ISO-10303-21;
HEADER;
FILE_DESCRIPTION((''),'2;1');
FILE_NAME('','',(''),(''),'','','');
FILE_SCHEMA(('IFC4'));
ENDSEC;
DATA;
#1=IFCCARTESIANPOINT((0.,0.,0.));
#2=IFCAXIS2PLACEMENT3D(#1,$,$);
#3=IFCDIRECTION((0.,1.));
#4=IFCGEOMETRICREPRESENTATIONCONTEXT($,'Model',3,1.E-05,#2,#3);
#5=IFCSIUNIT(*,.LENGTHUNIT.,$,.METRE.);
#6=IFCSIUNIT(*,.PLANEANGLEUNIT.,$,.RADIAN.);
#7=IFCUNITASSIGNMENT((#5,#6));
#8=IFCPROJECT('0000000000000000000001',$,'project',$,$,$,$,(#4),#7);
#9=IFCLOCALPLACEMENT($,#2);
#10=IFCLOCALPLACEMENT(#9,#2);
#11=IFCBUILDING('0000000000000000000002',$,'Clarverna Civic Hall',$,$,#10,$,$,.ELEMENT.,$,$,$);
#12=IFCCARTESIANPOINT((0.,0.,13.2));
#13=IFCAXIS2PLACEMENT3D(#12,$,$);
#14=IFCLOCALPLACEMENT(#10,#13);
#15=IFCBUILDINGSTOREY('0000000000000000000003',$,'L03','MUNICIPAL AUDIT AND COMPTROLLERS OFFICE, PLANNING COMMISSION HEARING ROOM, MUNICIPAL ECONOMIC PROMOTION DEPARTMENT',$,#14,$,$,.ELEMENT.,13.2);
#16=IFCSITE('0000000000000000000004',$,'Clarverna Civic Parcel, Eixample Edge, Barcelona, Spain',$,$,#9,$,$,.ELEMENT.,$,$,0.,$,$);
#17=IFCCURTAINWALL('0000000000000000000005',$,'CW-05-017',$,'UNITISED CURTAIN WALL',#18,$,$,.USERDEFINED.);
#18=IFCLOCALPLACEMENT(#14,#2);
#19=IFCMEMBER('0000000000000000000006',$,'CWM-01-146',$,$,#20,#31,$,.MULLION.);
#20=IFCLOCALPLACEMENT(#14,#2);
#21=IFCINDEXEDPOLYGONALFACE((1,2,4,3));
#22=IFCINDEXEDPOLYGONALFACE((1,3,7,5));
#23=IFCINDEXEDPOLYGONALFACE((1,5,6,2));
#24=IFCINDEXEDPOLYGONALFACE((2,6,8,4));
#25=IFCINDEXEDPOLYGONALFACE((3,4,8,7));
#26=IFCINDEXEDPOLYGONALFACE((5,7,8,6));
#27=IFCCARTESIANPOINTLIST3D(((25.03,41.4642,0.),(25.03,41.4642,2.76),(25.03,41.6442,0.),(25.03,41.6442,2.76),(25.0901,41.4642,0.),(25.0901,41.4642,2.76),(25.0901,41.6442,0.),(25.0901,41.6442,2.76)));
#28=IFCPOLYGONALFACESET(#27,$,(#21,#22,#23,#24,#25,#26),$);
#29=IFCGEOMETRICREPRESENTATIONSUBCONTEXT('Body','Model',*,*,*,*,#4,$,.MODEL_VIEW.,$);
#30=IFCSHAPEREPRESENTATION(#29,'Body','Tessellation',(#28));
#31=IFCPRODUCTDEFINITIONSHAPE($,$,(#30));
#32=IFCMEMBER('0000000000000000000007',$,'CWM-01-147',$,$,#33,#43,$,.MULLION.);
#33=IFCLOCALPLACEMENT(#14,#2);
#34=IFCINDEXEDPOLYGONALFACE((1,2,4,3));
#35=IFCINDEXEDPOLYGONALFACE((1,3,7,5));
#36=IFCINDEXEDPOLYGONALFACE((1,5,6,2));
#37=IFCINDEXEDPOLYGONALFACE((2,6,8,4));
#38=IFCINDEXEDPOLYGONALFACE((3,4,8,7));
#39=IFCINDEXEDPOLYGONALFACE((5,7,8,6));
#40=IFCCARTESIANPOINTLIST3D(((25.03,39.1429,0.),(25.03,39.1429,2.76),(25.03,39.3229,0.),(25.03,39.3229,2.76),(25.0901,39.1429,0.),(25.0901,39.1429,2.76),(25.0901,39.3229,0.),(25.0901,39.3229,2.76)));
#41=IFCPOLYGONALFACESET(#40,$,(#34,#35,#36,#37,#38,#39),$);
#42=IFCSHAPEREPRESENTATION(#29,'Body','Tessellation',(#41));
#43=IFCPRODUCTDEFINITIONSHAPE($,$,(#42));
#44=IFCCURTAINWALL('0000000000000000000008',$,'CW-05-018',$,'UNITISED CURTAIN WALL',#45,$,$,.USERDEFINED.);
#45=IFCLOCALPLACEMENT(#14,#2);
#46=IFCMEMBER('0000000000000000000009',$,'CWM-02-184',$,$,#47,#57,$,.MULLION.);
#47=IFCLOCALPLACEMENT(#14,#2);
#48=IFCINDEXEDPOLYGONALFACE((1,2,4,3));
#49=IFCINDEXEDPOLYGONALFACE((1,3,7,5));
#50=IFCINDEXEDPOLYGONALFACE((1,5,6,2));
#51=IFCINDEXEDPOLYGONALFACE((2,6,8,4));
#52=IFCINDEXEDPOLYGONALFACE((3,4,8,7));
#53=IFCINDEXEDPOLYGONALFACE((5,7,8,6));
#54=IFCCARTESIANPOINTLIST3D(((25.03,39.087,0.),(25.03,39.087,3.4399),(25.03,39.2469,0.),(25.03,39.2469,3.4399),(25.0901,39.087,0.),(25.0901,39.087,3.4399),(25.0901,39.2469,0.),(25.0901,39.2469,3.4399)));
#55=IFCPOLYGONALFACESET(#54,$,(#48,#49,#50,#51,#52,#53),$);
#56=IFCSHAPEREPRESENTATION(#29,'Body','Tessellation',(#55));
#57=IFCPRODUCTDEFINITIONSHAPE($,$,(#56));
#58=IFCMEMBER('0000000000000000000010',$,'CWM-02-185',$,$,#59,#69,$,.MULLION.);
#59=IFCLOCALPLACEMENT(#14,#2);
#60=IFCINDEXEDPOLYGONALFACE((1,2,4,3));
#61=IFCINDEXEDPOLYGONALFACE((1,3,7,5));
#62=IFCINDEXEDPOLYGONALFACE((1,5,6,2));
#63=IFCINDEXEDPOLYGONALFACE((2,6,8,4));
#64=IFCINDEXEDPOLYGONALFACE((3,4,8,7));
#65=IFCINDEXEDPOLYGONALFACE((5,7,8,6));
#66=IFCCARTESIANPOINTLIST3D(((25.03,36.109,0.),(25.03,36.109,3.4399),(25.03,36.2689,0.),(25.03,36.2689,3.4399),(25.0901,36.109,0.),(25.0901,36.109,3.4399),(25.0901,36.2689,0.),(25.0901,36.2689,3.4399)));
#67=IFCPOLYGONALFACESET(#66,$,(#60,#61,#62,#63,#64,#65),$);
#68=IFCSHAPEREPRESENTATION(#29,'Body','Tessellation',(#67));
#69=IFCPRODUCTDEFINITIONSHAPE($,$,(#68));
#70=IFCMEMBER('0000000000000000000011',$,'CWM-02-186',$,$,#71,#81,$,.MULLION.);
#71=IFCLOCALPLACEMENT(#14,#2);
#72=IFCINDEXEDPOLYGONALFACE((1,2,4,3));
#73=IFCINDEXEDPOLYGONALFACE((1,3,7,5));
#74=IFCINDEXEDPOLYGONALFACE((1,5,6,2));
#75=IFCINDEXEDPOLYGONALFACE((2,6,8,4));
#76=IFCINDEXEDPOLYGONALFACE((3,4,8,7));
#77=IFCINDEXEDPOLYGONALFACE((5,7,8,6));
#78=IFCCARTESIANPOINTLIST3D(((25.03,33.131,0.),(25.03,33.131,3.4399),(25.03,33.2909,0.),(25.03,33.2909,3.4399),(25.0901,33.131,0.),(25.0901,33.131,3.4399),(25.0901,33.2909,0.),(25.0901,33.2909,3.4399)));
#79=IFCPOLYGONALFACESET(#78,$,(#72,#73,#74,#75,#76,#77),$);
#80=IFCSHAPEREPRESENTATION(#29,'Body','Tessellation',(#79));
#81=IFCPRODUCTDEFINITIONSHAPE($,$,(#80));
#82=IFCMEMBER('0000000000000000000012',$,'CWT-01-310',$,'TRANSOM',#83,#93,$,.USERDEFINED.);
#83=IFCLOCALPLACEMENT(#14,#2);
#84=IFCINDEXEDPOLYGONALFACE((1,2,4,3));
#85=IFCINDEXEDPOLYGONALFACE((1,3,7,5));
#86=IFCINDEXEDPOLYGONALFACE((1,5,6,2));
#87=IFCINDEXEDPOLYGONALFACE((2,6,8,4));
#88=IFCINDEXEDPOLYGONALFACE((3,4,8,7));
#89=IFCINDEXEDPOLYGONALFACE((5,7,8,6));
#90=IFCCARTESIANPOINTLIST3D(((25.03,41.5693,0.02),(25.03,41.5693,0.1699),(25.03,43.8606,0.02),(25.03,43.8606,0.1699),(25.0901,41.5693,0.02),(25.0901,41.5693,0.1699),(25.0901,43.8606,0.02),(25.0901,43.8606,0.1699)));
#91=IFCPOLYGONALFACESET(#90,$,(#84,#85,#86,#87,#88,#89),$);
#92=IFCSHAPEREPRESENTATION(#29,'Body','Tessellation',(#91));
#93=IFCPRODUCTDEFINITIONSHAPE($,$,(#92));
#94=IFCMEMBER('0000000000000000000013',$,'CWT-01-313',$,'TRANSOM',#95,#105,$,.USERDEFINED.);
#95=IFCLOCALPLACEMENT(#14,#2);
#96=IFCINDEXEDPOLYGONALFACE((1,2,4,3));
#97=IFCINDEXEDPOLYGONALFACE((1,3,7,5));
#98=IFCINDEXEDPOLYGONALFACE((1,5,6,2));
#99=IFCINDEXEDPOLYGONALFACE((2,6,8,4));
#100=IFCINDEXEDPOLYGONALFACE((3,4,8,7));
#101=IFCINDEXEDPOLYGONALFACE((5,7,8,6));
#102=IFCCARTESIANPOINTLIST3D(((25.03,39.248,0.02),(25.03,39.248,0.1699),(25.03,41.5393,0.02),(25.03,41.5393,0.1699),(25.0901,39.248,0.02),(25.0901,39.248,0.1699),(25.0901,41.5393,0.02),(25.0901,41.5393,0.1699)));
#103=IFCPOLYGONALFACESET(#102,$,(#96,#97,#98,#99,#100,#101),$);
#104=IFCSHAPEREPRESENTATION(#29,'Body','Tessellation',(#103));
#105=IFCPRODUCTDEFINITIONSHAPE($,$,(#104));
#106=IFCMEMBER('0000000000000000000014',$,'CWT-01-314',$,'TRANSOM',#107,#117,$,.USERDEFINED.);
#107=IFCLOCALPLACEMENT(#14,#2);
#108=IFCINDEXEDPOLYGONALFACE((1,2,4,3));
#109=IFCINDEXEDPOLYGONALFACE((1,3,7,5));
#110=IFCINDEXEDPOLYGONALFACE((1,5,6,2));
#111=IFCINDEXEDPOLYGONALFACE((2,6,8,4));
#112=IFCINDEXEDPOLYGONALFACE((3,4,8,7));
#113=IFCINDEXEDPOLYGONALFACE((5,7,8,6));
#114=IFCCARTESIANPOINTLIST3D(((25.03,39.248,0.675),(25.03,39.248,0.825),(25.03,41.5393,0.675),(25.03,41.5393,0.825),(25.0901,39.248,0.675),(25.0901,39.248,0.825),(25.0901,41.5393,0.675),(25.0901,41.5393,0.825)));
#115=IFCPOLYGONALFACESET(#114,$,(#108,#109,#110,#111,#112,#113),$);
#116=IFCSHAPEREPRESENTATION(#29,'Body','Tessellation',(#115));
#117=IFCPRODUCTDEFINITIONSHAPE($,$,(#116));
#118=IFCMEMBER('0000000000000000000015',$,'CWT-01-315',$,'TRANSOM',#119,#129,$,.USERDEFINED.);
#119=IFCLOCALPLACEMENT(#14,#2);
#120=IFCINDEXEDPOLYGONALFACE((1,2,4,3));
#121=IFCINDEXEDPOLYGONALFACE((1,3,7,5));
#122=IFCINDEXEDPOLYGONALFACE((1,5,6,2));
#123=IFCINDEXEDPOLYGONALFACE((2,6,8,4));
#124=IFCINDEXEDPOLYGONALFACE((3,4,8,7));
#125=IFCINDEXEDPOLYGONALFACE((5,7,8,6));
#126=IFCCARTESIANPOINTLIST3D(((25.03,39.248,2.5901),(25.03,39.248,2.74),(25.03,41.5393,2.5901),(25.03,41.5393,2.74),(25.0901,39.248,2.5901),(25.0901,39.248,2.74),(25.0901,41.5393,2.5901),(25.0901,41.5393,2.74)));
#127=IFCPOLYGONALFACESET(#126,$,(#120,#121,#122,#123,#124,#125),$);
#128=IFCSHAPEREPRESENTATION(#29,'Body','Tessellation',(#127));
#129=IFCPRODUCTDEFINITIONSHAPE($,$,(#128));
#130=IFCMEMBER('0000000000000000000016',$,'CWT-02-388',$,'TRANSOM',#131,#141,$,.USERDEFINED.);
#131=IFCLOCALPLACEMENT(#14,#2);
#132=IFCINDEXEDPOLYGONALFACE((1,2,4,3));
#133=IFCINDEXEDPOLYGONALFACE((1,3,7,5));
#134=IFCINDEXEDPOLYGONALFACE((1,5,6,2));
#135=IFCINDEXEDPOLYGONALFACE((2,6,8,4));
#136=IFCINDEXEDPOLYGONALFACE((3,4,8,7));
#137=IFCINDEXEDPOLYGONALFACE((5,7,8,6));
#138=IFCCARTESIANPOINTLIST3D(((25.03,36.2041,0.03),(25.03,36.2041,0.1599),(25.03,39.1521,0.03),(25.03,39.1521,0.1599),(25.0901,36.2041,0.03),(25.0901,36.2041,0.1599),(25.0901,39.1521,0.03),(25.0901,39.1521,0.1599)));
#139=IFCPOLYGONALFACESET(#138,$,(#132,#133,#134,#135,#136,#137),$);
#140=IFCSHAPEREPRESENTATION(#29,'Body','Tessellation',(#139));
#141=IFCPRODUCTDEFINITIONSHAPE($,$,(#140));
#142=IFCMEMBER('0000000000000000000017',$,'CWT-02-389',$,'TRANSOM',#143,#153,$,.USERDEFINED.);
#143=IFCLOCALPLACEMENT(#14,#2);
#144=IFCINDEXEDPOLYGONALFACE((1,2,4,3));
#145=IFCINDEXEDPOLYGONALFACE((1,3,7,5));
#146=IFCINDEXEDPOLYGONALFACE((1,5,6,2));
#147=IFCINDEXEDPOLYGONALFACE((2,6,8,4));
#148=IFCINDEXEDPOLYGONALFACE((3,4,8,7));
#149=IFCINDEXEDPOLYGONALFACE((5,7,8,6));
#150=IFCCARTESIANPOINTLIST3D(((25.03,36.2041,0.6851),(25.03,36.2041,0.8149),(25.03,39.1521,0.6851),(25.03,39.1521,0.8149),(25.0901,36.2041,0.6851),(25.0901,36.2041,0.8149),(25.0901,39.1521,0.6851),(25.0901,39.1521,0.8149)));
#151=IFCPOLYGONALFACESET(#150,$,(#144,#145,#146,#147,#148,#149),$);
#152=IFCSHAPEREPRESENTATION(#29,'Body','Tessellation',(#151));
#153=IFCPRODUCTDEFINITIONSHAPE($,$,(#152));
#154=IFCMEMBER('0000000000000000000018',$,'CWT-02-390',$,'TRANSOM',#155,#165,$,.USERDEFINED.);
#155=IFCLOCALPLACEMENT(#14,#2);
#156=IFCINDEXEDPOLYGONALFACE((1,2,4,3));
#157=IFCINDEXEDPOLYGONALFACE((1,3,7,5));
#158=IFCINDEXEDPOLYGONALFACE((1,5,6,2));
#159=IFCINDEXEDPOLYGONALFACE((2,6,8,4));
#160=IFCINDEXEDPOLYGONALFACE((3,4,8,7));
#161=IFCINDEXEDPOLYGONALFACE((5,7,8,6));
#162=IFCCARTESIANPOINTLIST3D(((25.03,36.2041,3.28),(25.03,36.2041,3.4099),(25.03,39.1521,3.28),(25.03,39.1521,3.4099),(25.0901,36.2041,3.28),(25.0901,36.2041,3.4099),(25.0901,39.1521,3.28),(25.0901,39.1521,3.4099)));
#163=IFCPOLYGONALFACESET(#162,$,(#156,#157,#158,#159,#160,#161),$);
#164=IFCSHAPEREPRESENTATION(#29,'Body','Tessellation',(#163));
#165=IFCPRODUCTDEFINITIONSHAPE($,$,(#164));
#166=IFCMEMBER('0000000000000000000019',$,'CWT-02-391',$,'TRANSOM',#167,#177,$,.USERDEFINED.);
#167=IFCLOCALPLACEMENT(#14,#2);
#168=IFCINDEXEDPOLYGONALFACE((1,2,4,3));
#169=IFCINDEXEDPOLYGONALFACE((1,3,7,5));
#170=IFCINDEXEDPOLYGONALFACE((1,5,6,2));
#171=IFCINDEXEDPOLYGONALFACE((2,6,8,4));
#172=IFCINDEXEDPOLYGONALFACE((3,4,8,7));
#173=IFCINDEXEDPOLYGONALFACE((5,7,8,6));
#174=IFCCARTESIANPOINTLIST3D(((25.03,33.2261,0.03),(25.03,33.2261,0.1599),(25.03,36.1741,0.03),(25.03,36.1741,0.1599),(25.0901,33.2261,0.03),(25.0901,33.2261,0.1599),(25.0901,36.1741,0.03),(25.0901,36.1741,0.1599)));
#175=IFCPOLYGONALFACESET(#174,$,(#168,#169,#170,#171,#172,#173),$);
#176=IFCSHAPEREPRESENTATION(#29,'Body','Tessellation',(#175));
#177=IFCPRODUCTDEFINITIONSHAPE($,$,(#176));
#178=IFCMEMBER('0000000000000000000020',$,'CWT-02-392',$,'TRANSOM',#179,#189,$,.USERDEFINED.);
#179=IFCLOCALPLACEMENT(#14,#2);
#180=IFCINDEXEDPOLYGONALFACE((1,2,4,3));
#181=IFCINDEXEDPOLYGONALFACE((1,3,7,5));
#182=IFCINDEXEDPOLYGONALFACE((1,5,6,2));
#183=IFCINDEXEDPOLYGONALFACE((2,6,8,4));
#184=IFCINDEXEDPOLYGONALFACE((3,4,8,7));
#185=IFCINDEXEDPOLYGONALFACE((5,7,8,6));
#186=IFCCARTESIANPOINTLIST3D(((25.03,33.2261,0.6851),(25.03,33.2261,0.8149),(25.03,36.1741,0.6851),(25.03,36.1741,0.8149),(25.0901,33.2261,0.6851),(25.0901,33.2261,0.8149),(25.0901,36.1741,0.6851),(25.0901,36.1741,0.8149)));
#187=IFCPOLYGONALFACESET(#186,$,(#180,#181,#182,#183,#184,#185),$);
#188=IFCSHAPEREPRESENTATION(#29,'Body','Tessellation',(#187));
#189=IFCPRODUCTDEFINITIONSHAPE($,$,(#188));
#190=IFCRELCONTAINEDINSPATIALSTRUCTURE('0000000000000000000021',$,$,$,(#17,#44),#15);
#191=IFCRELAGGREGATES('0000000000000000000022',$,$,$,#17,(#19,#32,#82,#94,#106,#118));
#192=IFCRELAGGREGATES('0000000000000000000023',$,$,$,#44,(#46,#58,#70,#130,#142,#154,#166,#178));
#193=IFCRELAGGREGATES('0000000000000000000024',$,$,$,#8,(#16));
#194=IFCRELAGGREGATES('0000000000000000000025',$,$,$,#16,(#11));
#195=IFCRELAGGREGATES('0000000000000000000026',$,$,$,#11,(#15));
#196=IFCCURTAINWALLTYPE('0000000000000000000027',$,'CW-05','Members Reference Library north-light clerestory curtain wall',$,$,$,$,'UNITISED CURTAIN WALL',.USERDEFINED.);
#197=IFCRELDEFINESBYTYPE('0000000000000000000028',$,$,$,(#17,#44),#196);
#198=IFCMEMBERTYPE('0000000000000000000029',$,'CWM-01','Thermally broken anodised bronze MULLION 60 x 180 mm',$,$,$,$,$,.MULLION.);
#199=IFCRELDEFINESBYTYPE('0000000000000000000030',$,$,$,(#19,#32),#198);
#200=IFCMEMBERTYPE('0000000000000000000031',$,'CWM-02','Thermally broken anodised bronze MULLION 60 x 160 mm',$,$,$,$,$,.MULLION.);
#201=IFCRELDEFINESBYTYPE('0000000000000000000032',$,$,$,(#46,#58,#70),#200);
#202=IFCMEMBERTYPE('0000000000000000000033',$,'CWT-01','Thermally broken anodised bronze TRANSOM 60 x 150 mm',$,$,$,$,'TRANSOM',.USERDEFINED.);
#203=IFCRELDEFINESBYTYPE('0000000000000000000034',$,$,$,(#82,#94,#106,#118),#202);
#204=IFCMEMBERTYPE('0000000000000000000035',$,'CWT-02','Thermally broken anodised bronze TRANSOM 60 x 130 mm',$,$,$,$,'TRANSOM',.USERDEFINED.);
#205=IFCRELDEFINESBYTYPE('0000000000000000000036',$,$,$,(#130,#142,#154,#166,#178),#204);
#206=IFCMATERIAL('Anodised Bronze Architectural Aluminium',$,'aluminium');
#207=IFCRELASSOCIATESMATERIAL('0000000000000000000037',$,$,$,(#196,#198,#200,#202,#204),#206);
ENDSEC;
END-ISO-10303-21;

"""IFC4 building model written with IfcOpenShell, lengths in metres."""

from ifc_helpers import new_model, si_unit, direction, frame, origin, origin_2d, place, context, subcontext, project, spatial, rectangle, extrude, material, material_profile, profile_set, type_object, element, aggregate, save


model = new_model("IFC4")

# Units and contexts
model_context = context("Model", 3, precision=1e-05, world=origin(), true_north=direction((0.0, 1.0)))
body_context = subcontext(model_context, "Body", "Model", "MODEL_VIEW")
ifc_project = project(units=[si_unit("LENGTHUNIT", "METRE"), si_unit("PLANEANGLEUNIT", "RADIAN")], contexts=[model_context])

# Site, building, storey
site_placement = place(None, origin())
site = spatial("IfcSite", under=ifc_project, at=site_placement, Name="Clarverna Civic Parcel, Eixample Edge, Barcelona, Spain", CompositionType="ELEMENT", RefElevation=0.0)
building_placement = place(site_placement, origin())
building = spatial("IfcBuilding", under=site, at=building_placement, Name="Clarverna Civic Hall", CompositionType="ELEMENT")
storey_placement = place(building_placement, frame((0.0, 0.0, 13.2)))
storey = spatial("IfcBuildingStorey", under=building, at=storey_placement, Name="L03", Description="MUNICIPAL AUDIT AND COMPTROLLERS OFFICE, PLANNING COMMISSION HEARING ROOM, MUNICIPAL ECONOMIC PROMOTION DEPARTMENT", CompositionType="ELEMENT", Elevation=13.2)

# Curtain walls, members
ifc_material_1 = material(Name="Anodised Bronze Architectural Aluminium", Category="aluminium")
curtain_wall_type = type_object("IfcCurtainWallType", Name="CW-05", Description="Members Reference Library north-light clerestory curtain wall", ElementType="UNITISED CURTAIN WALL", PredefinedType="USERDEFINED", material=ifc_material_1)
curtain_wall_1_placement = place(storey_placement, origin())
curtain_wall_1 = element("IfcCurtainWall", 1, at=curtain_wall_1_placement, inside=storey, type_object=curtain_wall_type, Name="CW-05-017", ObjectType="UNITISED CURTAIN WALL", PredefinedType="USERDEFINED")
ifc_material_profile_1 = material_profile(ifc_material_1, rectangle(XDim=0.0601, YDim=0.1799, at=origin_2d()), Name="BRONZE 60x180")
ifc_profile_set_1 = profile_set([ifc_material_profile_1], Name="Anodised Bronze Architectural Aluminium")
member_type_1 = type_object("IfcMemberType", Name="CWM-01", Description="Thermally broken anodised bronze MULLION 60 x 180 mm", PredefinedType="MULLION", material=ifc_profile_set_1)
member_1_placement = place(storey_placement, frame((25.0601, 41.5542, 0.0), z_axis=(0.0, 0.0, 1.0), x_axis=(1.0, 0.0, 0.0)))
member_1 = element("IfcMember", 2, at=member_1_placement, type_object=member_type_1, Name="CWM-01-146", PredefinedType="MULLION", context=body_context, shape_type="SweptSolid", body=[
    extrude(rectangle(XDim=0.0601, YDim=0.1799, at=origin_2d()), origin(), (0.0, 0.0, 1.0), 2.76),
])
member_2_placement = place(storey_placement, frame((25.0601, 39.2329, 0.0), z_axis=(0.0, 0.0, 1.0), x_axis=(1.0, 0.0, 0.0)))
member_2 = element("IfcMember", 3, at=member_2_placement, type_object=member_type_1, Name="CWM-01-147", PredefinedType="MULLION", context=body_context, shape_type="SweptSolid", body=[
    extrude(rectangle(XDim=0.0601, YDim=0.1799, at=origin_2d()), origin(), (0.0, 0.0, 1.0), 2.76),
])
curtain_wall_2_placement = place(storey_placement, origin())
curtain_wall_2 = element("IfcCurtainWall", 4, at=curtain_wall_2_placement, inside=storey, type_object=curtain_wall_type, Name="CW-05-018", ObjectType="UNITISED CURTAIN WALL", PredefinedType="USERDEFINED")
ifc_material_profile_2 = material_profile(ifc_material_1, rectangle(XDim=0.0601, YDim=0.1599, at=origin_2d()), Name="BRONZE 60x160")
ifc_profile_set_2 = profile_set([ifc_material_profile_2], Name="Anodised Bronze Architectural Aluminium")
member_type_2 = type_object("IfcMemberType", Name="CWM-02", Description="Thermally broken anodised bronze MULLION 60 x 160 mm", PredefinedType="MULLION", material=ifc_profile_set_2)
member_3_placement = place(storey_placement, frame((25.0601, 39.167, 0.0), z_axis=(0.0, 0.0, 1.0), x_axis=(1.0, 0.0, 0.0)))
member_3 = element("IfcMember", 5, at=member_3_placement, type_object=member_type_2, Name="CWM-02-184", PredefinedType="MULLION", context=body_context, shape_type="SweptSolid", body=[
    extrude(rectangle(XDim=0.0601, YDim=0.1599, at=origin_2d()), origin(), (0.0, 0.0, 1.0), 3.4399),
])
member_4_placement = place(storey_placement, frame((25.0601, 36.189, 0.0), z_axis=(0.0, 0.0, 1.0), x_axis=(1.0, 0.0, 0.0)))
member_4 = element("IfcMember", 6, at=member_4_placement, type_object=member_type_2, Name="CWM-02-185", PredefinedType="MULLION", context=body_context, shape_type="SweptSolid", body=[
    extrude(rectangle(XDim=0.0601, YDim=0.1599, at=origin_2d()), origin(), (0.0, 0.0, 1.0), 3.4399),
])
member_5_placement = place(storey_placement, frame((25.0601, 33.2109, 0.0), z_axis=(0.0, 0.0, 1.0), x_axis=(1.0, 0.0, 0.0)))
member_5 = element("IfcMember", 7, at=member_5_placement, type_object=member_type_2, Name="CWM-02-186", PredefinedType="MULLION", context=body_context, shape_type="SweptSolid", body=[
    extrude(rectangle(XDim=0.0601, YDim=0.1599, at=origin_2d()), origin(), (0.0, 0.0, 1.0), 3.4399),
])

# Members
ifc_material_profile_3 = material_profile(ifc_material_1, rectangle(XDim=0.0601, YDim=0.1499, at=origin_2d()), Name="BRONZE 60x150")
ifc_profile_set_3 = profile_set([ifc_material_profile_3], Name="Anodised Bronze Architectural Aluminium")
member_type_3 = type_object("IfcMemberType", Name="CWT-01", Description="Thermally broken anodised bronze TRANSOM 60 x 150 mm", ElementType="TRANSOM", PredefinedType="USERDEFINED", material=ifc_profile_set_3)
member_6_placement = place(storey_placement, frame((25.0601, 43.8606, 0.095), z_axis=(0.0, -1.0, 0.0), x_axis=(1.0, 0.0, 0.0)))
member_6 = element("IfcMember", 8, at=member_6_placement, type_object=member_type_3, Name="CWT-01-310", ObjectType="TRANSOM", PredefinedType="USERDEFINED", context=body_context, shape_type="SweptSolid", body=[
    extrude(rectangle(XDim=0.0601, YDim=0.1499, at=origin_2d()), origin(), (0.0, 0.0, 1.0), 2.2913),
])
member_7_placement = place(storey_placement, frame((25.0601, 41.5393, 0.095), z_axis=(0.0, -1.0, 0.0), x_axis=(1.0, 0.0, 0.0)))
member_7 = element("IfcMember", 9, at=member_7_placement, type_object=member_type_3, Name="CWT-01-313", ObjectType="TRANSOM", PredefinedType="USERDEFINED", context=body_context, shape_type="SweptSolid", body=[
    extrude(rectangle(XDim=0.0601, YDim=0.1499, at=origin_2d()), origin(), (0.0, 0.0, 1.0), 2.2913),
])
member_8_placement = place(storey_placement, frame((25.0601, 41.5393, 0.75), z_axis=(0.0, -1.0, 0.0), x_axis=(1.0, 0.0, 0.0)))
member_8 = element("IfcMember", 10, at=member_8_placement, type_object=member_type_3, Name="CWT-01-314", ObjectType="TRANSOM", PredefinedType="USERDEFINED", context=body_context, shape_type="SweptSolid", body=[
    extrude(rectangle(XDim=0.0601, YDim=0.1499, at=origin_2d()), origin(), (0.0, 0.0, 1.0), 2.2913),
])
member_9_placement = place(storey_placement, frame((25.0601, 41.5393, 2.665), z_axis=(0.0, -1.0, 0.0), x_axis=(1.0, 0.0, 0.0)))
member_9 = element("IfcMember", 11, at=member_9_placement, type_object=member_type_3, Name="CWT-01-315", ObjectType="TRANSOM", PredefinedType="USERDEFINED", context=body_context, shape_type="SweptSolid", body=[
    extrude(rectangle(XDim=0.0601, YDim=0.1499, at=origin_2d()), origin(), (0.0, 0.0, 1.0), 2.2913),
])
ifc_material_profile_4 = material_profile(ifc_material_1, rectangle(XDim=0.0601, YDim=0.1299, at=origin_2d()), Name="BRONZE 60x130")
ifc_profile_set_4 = profile_set([ifc_material_profile_4], Name="Anodised Bronze Architectural Aluminium")
member_type_4 = type_object("IfcMemberType", Name="CWT-02", Description="Thermally broken anodised bronze TRANSOM 60 x 130 mm", ElementType="TRANSOM", PredefinedType="USERDEFINED", material=ifc_profile_set_4)
member_10_placement = place(storey_placement, frame((25.0601, 39.1521, 0.095), z_axis=(0.0, -1.0, 0.0), x_axis=(1.0, 0.0, 0.0)))
member_10 = element("IfcMember", 12, at=member_10_placement, type_object=member_type_4, Name="CWT-02-388", ObjectType="TRANSOM", PredefinedType="USERDEFINED", context=body_context, shape_type="SweptSolid", body=[
    extrude(rectangle(XDim=0.0601, YDim=0.1299, at=origin_2d()), origin(), (0.0, 0.0, 1.0), 2.948),
])
member_11_placement = place(storey_placement, frame((25.0601, 39.1521, 0.75), z_axis=(0.0, -1.0, 0.0), x_axis=(1.0, 0.0, 0.0)))
member_11 = element("IfcMember", 13, at=member_11_placement, type_object=member_type_4, Name="CWT-02-389", ObjectType="TRANSOM", PredefinedType="USERDEFINED", context=body_context, shape_type="SweptSolid", body=[
    extrude(rectangle(XDim=0.0601, YDim=0.1299, at=origin_2d()), origin(), (0.0, 0.0, 1.0), 2.948),
])
member_12_placement = place(storey_placement, frame((25.0601, 39.1521, 3.345), z_axis=(0.0, -1.0, 0.0), x_axis=(1.0, 0.0, 0.0)))
member_12 = element("IfcMember", 14, at=member_12_placement, type_object=member_type_4, Name="CWT-02-390", ObjectType="TRANSOM", PredefinedType="USERDEFINED", context=body_context, shape_type="SweptSolid", body=[
    extrude(rectangle(XDim=0.0601, YDim=0.1299, at=origin_2d()), origin(), (0.0, 0.0, 1.0), 2.948),
])
member_13_placement = place(storey_placement, frame((25.0601, 36.1741, 0.095), z_axis=(0.0, -1.0, 0.0), x_axis=(1.0, 0.0, 0.0)))
member_13 = element("IfcMember", 15, at=member_13_placement, type_object=member_type_4, Name="CWT-02-391", ObjectType="TRANSOM", PredefinedType="USERDEFINED", context=body_context, shape_type="SweptSolid", body=[
    extrude(rectangle(XDim=0.0601, YDim=0.1299, at=origin_2d()), origin(), (0.0, 0.0, 1.0), 2.948),
])
member_14_placement = place(storey_placement, frame((25.0601, 36.1741, 0.75), z_axis=(0.0, -1.0, 0.0), x_axis=(1.0, 0.0, 0.0)))
member_14 = element("IfcMember", 16, at=member_14_placement, type_object=member_type_4, Name="CWT-02-392", ObjectType="TRANSOM", PredefinedType="USERDEFINED", context=body_context, shape_type="SweptSolid", body=[
    extrude(rectangle(XDim=0.0601, YDim=0.1299, at=origin_2d()), origin(), (0.0, 0.0, 1.0), 2.948),
])

aggregate(curtain_wall_1, [member_1, member_2, member_6, member_7, member_8, member_9])
aggregate(curtain_wall_2, [member_3, member_4, member_5, member_10, member_11, member_12, member_13, member_14])

save(model, "model.ifc")
